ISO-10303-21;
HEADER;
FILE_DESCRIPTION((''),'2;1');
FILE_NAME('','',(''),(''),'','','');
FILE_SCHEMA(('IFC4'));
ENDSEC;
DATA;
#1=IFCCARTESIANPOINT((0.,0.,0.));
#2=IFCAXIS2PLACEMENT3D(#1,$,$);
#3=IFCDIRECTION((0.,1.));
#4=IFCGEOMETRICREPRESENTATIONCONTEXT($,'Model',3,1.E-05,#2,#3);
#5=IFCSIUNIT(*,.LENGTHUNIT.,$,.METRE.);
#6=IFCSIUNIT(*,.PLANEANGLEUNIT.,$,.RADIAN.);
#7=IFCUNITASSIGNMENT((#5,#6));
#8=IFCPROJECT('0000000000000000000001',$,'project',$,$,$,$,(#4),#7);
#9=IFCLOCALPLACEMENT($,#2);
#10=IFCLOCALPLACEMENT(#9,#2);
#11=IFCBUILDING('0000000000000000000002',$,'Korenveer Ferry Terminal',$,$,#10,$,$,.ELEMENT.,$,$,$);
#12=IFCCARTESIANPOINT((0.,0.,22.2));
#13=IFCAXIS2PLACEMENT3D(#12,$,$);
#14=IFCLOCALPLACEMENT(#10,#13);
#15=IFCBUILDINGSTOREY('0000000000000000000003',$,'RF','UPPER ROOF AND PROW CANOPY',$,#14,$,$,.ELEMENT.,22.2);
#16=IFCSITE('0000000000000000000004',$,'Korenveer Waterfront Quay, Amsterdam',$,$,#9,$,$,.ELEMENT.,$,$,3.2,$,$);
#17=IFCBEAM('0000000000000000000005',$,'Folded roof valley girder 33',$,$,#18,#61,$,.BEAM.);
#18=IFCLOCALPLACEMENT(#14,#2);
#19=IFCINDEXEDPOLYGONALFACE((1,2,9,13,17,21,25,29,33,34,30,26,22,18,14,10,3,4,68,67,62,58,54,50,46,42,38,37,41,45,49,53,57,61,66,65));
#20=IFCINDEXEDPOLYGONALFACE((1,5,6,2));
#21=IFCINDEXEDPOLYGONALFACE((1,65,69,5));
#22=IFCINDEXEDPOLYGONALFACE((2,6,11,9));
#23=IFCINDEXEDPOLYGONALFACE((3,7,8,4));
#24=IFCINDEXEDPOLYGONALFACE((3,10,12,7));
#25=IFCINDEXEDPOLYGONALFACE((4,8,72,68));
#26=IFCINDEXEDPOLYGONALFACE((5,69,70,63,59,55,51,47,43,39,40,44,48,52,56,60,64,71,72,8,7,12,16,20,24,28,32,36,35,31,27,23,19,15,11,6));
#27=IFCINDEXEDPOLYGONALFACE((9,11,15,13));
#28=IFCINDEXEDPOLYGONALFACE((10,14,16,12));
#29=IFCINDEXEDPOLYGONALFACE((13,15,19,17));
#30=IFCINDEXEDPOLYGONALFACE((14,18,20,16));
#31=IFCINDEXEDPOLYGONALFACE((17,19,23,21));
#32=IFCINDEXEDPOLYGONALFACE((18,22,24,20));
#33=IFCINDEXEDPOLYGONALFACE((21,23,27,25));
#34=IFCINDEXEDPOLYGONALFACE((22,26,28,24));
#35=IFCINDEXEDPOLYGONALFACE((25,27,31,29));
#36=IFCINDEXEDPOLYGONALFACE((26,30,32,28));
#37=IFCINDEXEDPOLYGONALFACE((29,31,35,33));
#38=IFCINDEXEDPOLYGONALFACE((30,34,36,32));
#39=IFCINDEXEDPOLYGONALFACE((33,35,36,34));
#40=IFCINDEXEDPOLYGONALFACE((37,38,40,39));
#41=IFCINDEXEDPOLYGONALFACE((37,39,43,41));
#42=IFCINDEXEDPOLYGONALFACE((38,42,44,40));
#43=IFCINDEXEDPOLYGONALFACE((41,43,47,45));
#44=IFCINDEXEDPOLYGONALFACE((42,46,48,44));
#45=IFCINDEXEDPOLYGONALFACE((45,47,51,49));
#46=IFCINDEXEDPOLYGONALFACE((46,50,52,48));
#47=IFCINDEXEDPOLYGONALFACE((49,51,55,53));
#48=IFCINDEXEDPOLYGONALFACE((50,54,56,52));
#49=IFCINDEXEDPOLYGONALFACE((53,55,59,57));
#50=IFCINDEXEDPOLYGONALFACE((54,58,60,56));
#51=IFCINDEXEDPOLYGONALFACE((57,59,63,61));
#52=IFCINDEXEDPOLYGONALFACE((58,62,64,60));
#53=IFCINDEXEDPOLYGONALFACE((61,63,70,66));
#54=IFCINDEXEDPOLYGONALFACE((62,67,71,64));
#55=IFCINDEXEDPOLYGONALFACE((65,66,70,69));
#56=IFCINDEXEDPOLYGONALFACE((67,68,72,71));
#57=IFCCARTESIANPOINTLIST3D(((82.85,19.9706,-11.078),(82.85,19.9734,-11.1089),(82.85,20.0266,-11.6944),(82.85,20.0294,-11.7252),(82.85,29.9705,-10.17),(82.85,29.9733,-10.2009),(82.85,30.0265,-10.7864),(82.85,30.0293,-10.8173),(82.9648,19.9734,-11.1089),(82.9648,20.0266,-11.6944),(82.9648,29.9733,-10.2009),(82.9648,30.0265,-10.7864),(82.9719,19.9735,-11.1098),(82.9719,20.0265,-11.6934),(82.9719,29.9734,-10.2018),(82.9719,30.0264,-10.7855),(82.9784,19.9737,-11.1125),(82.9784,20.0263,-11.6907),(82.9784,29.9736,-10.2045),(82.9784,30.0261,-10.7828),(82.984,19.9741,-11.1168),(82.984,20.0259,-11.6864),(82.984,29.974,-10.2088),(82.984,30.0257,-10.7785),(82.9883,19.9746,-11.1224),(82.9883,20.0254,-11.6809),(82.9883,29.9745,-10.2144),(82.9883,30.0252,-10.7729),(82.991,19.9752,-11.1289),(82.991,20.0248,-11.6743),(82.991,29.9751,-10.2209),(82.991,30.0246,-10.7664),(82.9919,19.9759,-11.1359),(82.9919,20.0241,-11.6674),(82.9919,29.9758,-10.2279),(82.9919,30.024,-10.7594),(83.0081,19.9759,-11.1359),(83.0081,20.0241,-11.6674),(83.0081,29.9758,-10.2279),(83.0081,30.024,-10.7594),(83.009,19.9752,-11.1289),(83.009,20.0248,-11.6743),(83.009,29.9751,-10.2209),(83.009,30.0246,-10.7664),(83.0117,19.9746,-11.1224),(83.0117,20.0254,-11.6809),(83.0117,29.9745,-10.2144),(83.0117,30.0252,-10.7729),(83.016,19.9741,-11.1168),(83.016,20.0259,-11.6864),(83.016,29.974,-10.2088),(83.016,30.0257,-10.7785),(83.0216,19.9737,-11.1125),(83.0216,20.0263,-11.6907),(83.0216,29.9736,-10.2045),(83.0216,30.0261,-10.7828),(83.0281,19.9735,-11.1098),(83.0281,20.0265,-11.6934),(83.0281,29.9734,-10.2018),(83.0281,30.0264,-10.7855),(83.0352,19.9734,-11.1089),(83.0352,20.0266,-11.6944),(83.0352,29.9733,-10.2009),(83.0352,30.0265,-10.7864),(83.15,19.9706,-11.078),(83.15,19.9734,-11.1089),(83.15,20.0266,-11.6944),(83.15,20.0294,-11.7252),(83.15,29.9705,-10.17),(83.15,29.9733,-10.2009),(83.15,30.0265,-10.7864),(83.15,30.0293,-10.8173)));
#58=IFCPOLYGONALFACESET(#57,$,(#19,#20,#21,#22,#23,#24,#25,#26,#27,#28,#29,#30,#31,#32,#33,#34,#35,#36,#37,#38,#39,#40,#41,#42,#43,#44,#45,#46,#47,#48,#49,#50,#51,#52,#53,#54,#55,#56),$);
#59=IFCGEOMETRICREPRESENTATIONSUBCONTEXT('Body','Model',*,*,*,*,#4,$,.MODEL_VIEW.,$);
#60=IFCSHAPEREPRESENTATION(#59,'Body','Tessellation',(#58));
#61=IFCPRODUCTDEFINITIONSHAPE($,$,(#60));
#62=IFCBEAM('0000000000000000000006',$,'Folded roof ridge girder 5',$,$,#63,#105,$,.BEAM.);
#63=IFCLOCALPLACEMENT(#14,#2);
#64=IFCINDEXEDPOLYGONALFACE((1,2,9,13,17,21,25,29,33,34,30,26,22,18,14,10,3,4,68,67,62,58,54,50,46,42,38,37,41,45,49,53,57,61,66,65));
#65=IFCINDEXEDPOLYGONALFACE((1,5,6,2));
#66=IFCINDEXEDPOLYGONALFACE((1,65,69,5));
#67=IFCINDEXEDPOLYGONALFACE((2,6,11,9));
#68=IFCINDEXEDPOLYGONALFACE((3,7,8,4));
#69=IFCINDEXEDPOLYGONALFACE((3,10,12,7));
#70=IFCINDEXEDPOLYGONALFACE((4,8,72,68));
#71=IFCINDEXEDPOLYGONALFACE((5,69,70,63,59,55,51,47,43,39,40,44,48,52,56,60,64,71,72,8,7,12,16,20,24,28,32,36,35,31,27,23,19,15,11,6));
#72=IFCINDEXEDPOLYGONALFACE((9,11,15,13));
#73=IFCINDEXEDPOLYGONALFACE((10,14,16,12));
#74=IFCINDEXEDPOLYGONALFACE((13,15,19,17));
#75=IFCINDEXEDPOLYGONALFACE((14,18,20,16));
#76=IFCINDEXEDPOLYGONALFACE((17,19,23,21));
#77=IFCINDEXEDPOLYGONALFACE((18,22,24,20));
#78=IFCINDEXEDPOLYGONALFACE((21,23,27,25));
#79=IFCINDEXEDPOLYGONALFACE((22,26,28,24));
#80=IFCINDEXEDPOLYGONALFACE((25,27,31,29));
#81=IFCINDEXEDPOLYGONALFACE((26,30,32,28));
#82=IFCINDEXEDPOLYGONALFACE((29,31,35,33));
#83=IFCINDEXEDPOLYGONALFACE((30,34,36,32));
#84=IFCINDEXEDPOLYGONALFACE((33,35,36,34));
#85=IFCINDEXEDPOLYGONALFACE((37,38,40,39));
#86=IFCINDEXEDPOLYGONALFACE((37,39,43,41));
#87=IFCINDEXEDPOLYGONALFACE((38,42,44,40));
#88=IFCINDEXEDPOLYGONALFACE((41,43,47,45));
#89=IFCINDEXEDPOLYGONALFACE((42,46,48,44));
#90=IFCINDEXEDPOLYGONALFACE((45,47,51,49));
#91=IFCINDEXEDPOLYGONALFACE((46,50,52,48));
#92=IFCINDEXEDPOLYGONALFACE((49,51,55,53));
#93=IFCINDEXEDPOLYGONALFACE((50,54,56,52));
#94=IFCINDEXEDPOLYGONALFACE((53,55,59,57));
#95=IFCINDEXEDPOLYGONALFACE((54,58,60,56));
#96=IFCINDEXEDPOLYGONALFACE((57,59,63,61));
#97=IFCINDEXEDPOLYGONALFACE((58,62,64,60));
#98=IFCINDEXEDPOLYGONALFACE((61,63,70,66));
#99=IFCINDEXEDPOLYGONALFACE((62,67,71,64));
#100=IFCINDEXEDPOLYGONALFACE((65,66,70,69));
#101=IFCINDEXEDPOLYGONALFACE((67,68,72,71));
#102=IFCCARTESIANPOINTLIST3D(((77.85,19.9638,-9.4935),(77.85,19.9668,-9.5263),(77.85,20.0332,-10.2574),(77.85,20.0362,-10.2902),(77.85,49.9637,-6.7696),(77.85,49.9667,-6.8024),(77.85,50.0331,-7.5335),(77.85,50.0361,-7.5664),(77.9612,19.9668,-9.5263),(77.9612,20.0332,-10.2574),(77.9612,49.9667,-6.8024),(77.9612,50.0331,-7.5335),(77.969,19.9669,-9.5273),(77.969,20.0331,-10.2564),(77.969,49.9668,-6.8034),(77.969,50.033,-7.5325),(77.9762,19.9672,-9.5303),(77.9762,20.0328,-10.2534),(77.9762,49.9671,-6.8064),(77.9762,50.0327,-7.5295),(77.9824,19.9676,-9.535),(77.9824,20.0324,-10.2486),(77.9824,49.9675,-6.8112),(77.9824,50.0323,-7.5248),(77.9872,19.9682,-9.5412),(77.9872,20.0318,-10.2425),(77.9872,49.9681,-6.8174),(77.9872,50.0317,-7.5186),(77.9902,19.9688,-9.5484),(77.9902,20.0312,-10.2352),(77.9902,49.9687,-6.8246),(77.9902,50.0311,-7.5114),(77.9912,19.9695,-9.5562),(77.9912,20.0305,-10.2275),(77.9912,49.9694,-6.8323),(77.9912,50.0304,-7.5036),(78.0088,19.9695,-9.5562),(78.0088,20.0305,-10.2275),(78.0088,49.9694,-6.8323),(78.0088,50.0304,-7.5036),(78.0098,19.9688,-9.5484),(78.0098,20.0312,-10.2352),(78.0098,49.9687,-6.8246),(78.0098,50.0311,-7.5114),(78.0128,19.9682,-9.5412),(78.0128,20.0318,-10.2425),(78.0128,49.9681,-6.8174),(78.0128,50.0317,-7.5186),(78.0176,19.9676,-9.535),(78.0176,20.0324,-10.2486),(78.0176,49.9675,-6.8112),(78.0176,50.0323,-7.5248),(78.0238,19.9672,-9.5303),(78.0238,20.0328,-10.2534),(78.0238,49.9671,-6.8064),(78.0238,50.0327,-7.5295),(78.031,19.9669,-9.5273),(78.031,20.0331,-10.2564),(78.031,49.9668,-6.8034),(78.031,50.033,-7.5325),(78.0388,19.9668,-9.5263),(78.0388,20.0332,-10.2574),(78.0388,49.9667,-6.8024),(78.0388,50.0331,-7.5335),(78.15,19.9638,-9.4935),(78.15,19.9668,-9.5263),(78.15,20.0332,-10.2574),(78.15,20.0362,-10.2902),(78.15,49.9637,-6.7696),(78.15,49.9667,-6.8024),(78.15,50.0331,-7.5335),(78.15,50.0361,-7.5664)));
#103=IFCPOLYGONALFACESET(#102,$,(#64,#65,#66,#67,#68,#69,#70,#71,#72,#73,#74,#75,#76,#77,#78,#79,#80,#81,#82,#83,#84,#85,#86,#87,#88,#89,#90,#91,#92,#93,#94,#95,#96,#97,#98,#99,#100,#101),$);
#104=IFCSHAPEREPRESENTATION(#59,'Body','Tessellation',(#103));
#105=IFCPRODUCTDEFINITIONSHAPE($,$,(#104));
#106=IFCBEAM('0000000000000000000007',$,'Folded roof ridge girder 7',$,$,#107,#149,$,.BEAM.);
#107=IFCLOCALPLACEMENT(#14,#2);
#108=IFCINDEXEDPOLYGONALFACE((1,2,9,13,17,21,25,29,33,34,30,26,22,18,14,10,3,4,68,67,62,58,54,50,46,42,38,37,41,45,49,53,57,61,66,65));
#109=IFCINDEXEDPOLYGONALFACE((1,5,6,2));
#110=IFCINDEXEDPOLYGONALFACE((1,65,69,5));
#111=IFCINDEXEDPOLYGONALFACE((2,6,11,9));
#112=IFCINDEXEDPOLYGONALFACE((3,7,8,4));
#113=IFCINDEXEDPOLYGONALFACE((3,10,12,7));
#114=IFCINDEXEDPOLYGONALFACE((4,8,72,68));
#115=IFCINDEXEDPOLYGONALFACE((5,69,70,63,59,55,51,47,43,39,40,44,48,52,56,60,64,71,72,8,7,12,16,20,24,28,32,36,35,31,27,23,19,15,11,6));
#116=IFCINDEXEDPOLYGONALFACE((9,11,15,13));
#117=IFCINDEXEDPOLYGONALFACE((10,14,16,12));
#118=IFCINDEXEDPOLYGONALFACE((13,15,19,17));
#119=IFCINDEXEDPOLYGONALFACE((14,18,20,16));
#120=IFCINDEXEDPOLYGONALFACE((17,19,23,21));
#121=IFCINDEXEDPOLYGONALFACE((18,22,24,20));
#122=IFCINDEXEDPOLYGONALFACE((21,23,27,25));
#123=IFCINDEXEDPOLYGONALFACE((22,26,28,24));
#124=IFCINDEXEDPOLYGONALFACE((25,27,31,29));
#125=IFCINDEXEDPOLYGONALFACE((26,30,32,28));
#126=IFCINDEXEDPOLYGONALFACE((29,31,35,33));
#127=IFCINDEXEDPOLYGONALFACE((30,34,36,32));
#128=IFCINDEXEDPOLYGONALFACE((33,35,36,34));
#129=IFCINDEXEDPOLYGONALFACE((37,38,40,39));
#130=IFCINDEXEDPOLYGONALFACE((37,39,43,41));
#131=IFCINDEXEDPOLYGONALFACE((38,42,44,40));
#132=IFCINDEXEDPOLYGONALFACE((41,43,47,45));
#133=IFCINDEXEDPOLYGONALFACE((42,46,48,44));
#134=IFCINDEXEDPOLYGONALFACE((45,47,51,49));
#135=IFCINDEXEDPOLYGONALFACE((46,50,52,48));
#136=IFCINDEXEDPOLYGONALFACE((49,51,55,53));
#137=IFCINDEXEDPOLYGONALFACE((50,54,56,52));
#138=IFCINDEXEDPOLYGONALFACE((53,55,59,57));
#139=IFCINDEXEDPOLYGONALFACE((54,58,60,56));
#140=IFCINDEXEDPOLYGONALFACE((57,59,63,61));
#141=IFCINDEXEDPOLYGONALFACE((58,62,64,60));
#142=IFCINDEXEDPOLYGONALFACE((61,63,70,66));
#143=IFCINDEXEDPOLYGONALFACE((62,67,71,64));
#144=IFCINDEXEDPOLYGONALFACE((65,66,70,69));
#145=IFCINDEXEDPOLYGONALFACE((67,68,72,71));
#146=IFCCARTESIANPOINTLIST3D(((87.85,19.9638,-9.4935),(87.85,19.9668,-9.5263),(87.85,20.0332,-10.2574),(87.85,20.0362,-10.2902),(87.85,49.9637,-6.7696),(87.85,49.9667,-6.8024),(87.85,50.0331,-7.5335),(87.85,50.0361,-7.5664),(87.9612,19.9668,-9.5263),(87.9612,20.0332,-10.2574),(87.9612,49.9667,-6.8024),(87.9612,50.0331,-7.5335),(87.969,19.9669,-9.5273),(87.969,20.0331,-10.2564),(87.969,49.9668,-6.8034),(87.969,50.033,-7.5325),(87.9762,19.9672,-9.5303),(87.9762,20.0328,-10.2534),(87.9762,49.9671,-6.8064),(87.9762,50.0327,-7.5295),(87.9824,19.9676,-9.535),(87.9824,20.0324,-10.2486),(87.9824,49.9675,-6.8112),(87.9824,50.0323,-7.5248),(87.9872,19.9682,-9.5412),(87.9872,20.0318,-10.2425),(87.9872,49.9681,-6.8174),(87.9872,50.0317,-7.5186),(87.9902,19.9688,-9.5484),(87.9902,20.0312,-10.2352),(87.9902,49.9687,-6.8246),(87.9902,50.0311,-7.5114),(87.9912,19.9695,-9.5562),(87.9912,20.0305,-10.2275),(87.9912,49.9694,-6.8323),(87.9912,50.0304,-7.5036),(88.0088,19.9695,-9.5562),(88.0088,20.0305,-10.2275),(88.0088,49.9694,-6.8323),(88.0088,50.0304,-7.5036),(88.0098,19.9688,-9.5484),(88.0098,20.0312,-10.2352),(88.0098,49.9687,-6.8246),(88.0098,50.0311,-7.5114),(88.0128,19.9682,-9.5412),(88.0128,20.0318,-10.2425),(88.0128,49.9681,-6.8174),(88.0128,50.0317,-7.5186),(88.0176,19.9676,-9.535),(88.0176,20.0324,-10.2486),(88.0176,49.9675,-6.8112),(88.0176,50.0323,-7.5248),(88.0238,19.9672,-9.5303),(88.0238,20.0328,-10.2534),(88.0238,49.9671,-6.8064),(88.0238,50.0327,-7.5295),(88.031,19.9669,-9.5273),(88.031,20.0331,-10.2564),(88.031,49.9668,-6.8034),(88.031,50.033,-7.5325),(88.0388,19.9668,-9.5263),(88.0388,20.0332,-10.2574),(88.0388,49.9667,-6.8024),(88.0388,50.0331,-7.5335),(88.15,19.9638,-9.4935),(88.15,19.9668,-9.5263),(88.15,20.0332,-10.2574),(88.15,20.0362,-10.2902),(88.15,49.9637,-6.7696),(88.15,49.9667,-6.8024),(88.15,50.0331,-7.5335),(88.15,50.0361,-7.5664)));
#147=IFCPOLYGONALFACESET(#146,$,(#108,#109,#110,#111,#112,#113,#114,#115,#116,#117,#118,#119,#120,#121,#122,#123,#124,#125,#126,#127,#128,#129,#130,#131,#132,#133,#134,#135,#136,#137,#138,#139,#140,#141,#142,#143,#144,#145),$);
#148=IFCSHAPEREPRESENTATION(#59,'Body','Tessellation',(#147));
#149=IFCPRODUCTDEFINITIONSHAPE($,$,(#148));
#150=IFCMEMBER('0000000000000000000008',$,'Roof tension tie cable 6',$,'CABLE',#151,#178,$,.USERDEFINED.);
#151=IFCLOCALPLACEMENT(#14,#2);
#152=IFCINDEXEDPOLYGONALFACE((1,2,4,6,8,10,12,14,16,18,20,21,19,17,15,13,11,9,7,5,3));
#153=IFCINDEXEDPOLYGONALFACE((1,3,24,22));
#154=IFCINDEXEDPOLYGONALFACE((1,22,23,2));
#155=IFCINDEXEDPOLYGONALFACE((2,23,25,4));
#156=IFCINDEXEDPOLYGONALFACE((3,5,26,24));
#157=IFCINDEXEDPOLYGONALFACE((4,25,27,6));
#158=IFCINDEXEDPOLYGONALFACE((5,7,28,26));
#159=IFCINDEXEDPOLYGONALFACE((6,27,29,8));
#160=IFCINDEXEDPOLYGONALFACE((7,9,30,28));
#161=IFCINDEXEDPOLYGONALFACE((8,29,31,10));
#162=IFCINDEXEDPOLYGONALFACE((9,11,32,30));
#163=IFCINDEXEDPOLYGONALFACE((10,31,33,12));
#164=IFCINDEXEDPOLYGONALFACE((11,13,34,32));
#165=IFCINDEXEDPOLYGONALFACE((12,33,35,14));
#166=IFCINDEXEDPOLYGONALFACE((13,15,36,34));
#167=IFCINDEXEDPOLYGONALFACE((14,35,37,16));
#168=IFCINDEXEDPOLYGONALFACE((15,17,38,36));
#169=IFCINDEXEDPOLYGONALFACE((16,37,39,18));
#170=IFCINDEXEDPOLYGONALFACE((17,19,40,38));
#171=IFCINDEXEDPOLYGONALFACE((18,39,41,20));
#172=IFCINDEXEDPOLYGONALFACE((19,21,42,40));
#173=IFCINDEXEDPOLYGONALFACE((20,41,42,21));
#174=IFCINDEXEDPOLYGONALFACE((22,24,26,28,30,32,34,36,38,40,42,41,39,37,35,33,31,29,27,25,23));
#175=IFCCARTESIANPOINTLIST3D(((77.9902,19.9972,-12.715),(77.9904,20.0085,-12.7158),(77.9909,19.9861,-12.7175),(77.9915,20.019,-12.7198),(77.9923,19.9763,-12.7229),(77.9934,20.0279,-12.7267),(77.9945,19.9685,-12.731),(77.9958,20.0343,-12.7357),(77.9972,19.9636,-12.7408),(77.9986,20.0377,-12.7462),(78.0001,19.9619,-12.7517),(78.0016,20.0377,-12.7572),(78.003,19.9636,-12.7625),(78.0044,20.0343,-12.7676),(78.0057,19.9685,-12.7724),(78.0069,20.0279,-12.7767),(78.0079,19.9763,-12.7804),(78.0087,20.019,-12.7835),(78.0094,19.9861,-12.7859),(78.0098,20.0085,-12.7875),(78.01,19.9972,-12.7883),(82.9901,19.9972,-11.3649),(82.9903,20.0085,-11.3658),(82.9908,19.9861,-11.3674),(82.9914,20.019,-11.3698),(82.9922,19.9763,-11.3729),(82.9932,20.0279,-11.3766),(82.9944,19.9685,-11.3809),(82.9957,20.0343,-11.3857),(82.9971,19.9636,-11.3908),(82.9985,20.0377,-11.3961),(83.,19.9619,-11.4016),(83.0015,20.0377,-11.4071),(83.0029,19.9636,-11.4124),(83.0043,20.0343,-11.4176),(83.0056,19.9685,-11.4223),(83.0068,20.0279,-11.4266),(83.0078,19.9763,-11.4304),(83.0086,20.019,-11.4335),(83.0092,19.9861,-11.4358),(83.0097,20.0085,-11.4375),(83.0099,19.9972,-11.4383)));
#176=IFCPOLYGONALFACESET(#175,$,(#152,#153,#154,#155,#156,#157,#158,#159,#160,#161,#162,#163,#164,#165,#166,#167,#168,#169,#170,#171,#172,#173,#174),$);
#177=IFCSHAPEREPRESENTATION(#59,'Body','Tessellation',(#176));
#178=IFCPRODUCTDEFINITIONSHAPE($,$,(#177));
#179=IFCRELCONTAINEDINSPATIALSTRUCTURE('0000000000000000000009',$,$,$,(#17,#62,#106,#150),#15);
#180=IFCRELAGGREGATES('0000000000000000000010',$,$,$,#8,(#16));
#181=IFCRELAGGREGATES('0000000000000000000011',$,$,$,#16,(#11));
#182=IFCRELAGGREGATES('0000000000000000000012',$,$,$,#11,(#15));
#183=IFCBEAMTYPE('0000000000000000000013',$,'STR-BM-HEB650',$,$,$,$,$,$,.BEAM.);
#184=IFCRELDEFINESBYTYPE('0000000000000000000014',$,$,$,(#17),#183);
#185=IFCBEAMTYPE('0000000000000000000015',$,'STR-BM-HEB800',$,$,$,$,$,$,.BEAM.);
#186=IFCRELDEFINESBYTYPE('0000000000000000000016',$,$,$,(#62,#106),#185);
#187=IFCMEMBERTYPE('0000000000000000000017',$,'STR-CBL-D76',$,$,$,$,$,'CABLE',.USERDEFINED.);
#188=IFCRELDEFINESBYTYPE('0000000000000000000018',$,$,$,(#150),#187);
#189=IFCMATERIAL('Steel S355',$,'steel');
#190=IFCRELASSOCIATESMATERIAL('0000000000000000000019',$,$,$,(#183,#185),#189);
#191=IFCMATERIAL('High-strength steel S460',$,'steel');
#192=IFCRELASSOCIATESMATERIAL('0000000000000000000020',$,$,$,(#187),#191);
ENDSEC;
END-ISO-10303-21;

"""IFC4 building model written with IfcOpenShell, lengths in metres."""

from ifc_helpers import new_model, si_unit, direction, frame, origin, origin_2d, place, context, subcontext, project, spatial, circle, i_section, extrude, material, material_profile, profile_set, type_object, element, save


model = new_model("IFC4")

# Units and contexts
model_context = context("Model", 3, precision=1e-05, world=origin(), true_north=direction((0.0, 1.0)))
body_context = subcontext(model_context, "Body", "Model", "MODEL_VIEW")
ifc_project = project(units=[si_unit("LENGTHUNIT", "METRE"), si_unit("PLANEANGLEUNIT", "RADIAN")], contexts=[model_context])

# Site, building, storey
site_placement = place(None, origin())
site = spatial("IfcSite", under=ifc_project, at=site_placement, Name="Korenveer Waterfront Quay, Amsterdam", CompositionType="ELEMENT", RefElevation=3.2)
building_placement = place(site_placement, origin())
building = spatial("IfcBuilding", under=site, at=building_placement, Name="Korenveer Ferry Terminal", CompositionType="ELEMENT")
storey_placement = place(building_placement, frame((0.0, 0.0, 22.2)))
storey = spatial("IfcBuildingStorey", under=building, at=storey_placement, Name="RF", Description="UPPER ROOF AND PROW CANOPY", CompositionType="ELEMENT", Elevation=22.2)

# Beams
ifc_material_1 = material(Name="Steel S355", Category="steel")
ifc_material_profile_1 = material_profile(ifc_material_1, i_section(OverallWidth=0.3, OverallDepth=0.6499, WebThickness=0.0161, FlangeThickness=0.031, FilletRadius=0.0271, at=origin_2d()), Name="HEB 650")
ifc_profile_set_1 = profile_set([ifc_material_profile_1], Name="Steel S355")
beam_type_1 = type_object("IfcBeamType", Name="STR-BM-HEB650", PredefinedType="BEAM", material=ifc_profile_set_1)
beam_placement = place(storey_placement, frame((83.0, 20.0, -11.4016), z_axis=(0.0, 0.995903, 0.090424), x_axis=(-1.0, 0.0, 0.0)))
element("IfcBeam", 1, at=beam_placement, inside=storey, type_object=beam_type_1, Name="Folded roof valley girder 33", PredefinedType="BEAM", context=body_context, shape_type="SweptSolid", body=[
    extrude(i_section(OverallWidth=0.3, OverallDepth=0.6499, WebThickness=0.0161, FlangeThickness=0.031, FilletRadius=0.0271, at=origin_2d()), origin(), (0.0, 0.0, 1.0), 10.041),
])
ifc_material_profile_2 = material_profile(ifc_material_1, i_section(OverallWidth=0.3, OverallDepth=0.8, WebThickness=0.0176, FlangeThickness=0.033, FilletRadius=0.03, at=origin_2d()), Name="HEB 800")
ifc_profile_set_2 = profile_set([ifc_material_profile_2], Name="Steel S355")
beam_type_2 = type_object("IfcBeamType", Name="STR-BM-HEB800", PredefinedType="BEAM", material=ifc_profile_set_2)
for number, where, z_axis, x_axis, name in (
    (2, (78.0, 20.0, -9.8918), (0.0, 0.995903, 0.090424), (-1.0, 0.0, 0.0), "Folded roof ridge girder 5"),
    (3, (88.0, 20.0, -9.8918), (0.0, 0.995903, 0.090424), (-1.0, 0.0, 0.0), "Folded roof ridge girder 7"),
):
    element("IfcBeam", number, at=place(storey_placement, frame(where, z_axis=z_axis, x_axis=x_axis)), inside=storey, type_object=beam_type_2, Name=name, PredefinedType="BEAM", context=body_context, shape_type="SweptSolid", body=[
        extrude(i_section(OverallWidth=0.3, OverallDepth=0.8, WebThickness=0.0176, FlangeThickness=0.033, FilletRadius=0.03, at=origin_2d()), origin(), (0.0, 0.0, 1.0), 30.1233),
    ])

# Member
ifc_material_2 = material(Name="High-strength steel S460", Category="steel")
ifc_material_profile_3 = material_profile(ifc_material_2, circle(Radius=0.0381, at=origin_2d()), Name="ROD D76")
ifc_profile_set_3 = profile_set([ifc_material_profile_3], Name="High-strength steel S460")
member_type_1 = type_object("IfcMemberType", Name="STR-CBL-D76", ElementType="CABLE", PredefinedType="USERDEFINED", material=ifc_profile_set_3)
for number, where, z_axis, x_axis, name in (
    (4, (83.0, 20.0, -11.4016), (-0.965424, 0.0, -0.260683), (0.0, -1.0, 0.0), "Roof tension tie cable 6"),
):
    element("IfcMember", number, at=place(storey_placement, frame(where, z_axis=z_axis, x_axis=x_axis)), inside=storey, type_object=member_type_1, Name=name, ObjectType="CABLE", PredefinedType="USERDEFINED", context=body_context, shape_type="SweptSolid", body=[
        extrude(circle(Radius=0.0381, at=origin_2d()), origin(), (0.0, 0.0, 1.0), 5.179),
    ])

save(model, "model.ifc")
